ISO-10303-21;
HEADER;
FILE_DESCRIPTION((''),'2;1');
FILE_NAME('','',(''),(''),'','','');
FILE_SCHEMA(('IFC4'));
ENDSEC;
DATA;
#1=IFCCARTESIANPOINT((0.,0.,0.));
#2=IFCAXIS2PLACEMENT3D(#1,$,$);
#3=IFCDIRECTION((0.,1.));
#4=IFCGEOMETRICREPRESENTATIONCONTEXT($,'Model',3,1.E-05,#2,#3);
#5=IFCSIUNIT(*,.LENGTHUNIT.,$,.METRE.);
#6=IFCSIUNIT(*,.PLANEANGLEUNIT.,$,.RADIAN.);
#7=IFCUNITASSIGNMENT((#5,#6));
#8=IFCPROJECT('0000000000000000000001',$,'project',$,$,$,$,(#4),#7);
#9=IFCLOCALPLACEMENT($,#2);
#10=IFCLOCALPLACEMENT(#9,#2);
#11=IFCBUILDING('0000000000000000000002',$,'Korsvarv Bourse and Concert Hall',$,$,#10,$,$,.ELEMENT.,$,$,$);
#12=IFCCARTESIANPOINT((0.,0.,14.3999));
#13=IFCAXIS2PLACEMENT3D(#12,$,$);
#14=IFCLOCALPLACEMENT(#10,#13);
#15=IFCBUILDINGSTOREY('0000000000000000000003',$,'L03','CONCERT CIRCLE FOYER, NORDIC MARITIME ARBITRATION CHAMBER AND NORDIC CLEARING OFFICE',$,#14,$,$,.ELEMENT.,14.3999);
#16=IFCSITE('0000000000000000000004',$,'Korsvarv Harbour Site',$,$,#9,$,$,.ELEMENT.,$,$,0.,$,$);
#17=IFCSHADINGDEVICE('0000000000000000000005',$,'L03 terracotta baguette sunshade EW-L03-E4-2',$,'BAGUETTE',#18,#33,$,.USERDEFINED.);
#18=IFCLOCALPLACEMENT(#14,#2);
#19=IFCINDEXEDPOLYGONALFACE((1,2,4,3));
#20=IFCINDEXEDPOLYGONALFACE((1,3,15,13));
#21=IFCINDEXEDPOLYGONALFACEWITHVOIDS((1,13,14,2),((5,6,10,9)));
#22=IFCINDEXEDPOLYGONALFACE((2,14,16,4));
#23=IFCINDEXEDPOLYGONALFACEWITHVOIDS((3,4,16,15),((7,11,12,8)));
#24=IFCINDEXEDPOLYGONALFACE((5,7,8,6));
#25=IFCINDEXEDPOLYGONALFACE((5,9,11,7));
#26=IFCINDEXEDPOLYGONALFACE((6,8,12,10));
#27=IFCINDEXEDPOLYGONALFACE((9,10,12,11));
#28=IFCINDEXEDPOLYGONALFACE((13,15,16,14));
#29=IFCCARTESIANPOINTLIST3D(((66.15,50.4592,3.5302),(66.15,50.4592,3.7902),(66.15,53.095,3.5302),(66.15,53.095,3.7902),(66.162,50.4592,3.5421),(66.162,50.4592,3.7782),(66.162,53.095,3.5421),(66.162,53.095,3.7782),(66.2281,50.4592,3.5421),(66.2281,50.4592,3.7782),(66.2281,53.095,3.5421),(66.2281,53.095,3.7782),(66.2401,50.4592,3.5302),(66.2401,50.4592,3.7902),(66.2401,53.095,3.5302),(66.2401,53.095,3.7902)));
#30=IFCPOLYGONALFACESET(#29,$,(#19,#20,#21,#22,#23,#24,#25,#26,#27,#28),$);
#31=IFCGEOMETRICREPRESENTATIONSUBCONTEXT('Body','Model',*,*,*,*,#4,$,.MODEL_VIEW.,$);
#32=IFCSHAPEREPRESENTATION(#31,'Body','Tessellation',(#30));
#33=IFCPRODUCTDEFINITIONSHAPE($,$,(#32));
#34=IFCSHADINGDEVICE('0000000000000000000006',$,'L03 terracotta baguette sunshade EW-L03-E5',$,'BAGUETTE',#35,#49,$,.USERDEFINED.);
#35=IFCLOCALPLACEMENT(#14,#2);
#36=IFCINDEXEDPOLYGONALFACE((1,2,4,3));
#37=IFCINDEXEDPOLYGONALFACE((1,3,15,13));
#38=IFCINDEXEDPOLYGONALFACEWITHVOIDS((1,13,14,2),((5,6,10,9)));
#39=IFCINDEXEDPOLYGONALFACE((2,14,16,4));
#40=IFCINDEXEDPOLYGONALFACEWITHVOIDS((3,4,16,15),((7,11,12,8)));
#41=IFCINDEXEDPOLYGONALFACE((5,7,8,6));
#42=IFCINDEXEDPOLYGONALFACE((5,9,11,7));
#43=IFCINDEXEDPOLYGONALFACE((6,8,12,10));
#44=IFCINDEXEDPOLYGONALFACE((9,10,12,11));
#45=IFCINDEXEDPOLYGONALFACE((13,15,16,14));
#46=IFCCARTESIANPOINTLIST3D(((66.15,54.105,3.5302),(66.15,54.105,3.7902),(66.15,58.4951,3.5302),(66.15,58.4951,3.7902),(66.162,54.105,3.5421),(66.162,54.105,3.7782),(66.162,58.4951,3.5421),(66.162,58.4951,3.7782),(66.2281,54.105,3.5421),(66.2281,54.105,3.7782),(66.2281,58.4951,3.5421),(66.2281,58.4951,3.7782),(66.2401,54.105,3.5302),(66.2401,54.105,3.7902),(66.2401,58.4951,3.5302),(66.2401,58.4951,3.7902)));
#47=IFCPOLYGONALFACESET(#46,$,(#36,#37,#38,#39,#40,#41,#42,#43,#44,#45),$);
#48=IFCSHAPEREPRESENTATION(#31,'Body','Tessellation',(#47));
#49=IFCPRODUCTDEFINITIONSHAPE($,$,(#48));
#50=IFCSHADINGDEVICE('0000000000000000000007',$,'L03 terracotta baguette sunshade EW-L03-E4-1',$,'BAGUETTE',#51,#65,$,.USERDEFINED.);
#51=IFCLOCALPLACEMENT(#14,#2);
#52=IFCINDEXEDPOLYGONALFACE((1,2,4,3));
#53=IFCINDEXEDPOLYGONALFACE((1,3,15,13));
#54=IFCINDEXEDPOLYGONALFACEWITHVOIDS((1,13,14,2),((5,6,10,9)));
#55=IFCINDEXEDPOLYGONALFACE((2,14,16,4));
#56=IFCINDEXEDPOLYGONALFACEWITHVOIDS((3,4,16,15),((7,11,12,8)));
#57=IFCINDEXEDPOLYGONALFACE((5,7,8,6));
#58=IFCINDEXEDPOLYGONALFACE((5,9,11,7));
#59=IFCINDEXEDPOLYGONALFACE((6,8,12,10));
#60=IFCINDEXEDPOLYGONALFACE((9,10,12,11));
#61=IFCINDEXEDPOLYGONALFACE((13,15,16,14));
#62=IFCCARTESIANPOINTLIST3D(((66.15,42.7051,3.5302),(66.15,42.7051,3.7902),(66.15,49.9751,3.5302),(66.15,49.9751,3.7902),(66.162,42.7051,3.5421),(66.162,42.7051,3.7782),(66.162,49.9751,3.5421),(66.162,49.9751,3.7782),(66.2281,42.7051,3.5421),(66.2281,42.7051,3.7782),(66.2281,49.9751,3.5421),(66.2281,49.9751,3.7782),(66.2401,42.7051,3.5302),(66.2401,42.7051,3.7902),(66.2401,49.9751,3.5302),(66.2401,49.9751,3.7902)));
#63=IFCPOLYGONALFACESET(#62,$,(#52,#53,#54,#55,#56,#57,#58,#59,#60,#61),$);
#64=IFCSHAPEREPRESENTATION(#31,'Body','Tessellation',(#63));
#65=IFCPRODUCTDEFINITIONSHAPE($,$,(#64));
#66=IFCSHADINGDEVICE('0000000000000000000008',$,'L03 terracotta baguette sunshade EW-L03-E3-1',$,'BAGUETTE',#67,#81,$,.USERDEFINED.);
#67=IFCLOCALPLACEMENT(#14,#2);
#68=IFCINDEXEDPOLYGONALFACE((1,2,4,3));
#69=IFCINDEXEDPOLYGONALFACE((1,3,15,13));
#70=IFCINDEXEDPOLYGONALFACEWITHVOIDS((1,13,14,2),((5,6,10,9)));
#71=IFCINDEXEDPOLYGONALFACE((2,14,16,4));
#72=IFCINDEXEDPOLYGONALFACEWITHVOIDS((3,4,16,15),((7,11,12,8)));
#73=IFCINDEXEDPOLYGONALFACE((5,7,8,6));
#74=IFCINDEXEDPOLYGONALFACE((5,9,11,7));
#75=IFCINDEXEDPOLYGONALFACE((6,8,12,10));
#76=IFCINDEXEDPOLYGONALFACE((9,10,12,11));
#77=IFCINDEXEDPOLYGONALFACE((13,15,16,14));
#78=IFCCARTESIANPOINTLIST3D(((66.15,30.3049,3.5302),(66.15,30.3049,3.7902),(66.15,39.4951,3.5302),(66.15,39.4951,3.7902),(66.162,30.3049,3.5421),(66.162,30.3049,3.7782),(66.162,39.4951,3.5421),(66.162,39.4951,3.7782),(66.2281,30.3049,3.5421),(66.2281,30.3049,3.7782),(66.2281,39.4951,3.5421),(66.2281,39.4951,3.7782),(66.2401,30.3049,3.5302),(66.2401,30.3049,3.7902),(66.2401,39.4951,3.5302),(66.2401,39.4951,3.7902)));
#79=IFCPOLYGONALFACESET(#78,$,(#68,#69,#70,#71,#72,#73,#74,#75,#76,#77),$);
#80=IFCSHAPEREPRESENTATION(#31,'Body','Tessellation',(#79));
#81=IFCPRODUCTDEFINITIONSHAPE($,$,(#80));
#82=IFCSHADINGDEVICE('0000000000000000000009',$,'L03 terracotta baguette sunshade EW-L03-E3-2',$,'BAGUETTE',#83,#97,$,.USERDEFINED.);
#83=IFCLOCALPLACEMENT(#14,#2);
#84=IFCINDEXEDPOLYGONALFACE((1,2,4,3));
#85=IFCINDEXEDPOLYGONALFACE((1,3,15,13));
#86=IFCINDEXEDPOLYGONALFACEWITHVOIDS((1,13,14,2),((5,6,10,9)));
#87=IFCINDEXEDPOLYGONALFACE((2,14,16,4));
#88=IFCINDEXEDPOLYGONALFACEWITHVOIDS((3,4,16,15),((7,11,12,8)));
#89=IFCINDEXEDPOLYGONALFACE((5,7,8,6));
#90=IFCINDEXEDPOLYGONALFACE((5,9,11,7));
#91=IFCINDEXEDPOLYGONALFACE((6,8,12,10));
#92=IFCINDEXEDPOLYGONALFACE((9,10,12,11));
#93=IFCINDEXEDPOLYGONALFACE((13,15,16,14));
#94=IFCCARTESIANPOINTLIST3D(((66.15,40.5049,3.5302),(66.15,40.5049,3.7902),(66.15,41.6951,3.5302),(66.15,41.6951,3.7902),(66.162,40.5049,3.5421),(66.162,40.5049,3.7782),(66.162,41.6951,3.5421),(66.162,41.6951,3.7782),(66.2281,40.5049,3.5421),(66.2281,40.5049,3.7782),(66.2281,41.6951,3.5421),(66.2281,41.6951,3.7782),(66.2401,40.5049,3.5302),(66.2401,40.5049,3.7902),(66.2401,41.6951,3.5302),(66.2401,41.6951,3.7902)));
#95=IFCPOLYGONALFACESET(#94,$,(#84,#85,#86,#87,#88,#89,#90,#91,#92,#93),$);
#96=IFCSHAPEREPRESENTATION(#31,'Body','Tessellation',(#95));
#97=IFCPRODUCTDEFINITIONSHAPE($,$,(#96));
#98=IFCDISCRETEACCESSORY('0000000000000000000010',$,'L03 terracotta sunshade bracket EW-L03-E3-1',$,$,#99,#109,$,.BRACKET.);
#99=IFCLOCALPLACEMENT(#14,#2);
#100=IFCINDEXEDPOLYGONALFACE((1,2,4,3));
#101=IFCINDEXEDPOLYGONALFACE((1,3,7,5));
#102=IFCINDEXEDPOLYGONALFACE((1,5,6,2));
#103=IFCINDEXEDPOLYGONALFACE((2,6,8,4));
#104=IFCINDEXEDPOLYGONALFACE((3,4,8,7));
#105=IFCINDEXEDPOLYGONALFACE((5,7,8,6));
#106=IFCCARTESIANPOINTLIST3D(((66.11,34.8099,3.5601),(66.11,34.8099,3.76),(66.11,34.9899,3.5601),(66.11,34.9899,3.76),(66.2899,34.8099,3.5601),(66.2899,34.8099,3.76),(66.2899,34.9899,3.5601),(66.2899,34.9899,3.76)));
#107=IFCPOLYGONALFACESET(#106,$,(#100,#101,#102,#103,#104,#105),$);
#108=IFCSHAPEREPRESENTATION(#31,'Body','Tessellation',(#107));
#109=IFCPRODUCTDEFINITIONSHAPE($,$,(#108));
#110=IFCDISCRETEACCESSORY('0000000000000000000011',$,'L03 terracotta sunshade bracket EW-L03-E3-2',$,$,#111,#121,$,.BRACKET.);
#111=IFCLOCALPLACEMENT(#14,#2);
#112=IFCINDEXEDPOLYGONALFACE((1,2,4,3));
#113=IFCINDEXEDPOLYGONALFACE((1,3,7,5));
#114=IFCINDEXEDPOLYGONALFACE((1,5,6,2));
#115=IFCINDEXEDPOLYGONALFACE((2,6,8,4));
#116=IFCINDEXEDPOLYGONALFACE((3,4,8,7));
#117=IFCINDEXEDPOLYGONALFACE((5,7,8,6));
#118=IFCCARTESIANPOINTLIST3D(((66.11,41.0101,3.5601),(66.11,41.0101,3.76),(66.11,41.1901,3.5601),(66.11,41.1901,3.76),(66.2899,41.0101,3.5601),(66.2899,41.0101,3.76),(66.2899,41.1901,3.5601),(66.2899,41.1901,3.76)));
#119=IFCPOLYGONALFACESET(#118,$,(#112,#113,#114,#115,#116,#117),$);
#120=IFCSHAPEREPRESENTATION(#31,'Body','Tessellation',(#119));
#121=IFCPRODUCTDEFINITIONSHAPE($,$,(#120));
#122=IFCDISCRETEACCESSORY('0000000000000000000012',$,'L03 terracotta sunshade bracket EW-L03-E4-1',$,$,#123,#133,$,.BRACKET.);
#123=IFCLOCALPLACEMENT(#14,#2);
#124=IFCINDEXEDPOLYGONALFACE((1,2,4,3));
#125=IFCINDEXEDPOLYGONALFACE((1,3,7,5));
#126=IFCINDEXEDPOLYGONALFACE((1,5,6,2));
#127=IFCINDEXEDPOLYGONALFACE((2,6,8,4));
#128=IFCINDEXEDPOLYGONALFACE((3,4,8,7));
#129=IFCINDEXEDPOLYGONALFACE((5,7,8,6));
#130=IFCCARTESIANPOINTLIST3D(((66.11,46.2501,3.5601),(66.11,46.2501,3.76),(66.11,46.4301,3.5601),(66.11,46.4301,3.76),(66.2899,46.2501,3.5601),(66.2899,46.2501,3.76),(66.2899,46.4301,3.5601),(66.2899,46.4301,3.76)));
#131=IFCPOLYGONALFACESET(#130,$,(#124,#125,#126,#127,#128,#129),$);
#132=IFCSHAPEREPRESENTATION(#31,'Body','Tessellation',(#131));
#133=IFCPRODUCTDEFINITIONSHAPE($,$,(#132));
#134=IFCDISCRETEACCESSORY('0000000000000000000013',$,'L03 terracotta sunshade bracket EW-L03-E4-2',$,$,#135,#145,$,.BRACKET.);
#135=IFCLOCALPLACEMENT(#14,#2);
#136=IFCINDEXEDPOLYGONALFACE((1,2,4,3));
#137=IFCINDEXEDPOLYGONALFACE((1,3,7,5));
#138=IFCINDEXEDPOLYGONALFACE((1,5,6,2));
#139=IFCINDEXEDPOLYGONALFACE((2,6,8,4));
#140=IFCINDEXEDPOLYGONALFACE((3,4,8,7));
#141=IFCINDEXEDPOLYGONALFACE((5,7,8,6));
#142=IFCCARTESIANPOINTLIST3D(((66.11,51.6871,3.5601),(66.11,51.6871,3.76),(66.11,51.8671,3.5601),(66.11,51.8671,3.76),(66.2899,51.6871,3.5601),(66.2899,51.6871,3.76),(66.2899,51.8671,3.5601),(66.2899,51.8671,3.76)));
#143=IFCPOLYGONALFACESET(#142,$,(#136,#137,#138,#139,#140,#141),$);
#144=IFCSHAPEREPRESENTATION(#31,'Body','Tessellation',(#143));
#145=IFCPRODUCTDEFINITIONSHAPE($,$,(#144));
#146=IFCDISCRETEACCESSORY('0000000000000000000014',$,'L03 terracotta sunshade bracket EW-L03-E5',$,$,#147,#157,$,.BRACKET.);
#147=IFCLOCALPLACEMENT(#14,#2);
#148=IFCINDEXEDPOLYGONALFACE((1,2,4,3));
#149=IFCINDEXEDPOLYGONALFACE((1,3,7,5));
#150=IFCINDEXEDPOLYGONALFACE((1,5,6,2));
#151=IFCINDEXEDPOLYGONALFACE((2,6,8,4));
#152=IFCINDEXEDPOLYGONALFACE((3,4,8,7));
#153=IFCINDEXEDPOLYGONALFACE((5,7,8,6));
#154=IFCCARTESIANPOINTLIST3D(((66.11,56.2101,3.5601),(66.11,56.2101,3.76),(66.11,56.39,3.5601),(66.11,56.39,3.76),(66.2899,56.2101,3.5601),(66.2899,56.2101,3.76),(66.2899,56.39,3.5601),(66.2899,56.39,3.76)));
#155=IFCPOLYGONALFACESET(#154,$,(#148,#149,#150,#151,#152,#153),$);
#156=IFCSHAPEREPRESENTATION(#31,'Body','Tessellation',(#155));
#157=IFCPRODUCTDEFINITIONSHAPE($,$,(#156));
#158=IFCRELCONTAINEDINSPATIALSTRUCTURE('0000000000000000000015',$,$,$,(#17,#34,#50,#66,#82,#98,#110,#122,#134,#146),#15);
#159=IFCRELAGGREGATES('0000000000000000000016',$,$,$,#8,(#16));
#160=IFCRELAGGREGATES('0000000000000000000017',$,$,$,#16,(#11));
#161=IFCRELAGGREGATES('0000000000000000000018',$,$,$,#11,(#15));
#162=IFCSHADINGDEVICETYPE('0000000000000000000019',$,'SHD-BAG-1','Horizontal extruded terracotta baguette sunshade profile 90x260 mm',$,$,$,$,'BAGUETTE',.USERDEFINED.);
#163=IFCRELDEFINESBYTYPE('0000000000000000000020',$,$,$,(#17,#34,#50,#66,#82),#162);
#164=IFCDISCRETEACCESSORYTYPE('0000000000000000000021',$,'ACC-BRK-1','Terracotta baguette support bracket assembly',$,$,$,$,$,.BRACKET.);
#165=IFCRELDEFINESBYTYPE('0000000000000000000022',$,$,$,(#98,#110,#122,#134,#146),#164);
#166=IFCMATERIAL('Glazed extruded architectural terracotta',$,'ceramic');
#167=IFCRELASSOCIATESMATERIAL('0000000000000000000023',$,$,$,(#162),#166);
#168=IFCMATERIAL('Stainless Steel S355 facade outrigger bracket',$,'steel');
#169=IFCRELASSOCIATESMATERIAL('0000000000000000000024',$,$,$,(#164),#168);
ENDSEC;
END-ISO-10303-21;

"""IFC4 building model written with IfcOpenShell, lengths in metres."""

from ifc_helpers import new_model, si_unit, direction, frame, origin, origin_2d, place, context, subcontext, project, spatial, rectangle, hollow_rectangle, extrude, source, transform, mapped, material, material_profile, profile_set, type_object, element, save


model = new_model("IFC4")

# Units and contexts
model_context = context("Model", 3, precision=1e-05, world=origin(), true_north=direction((0.0, 1.0)))
body_context = subcontext(model_context, "Body", "Model", "MODEL_VIEW")
ifc_project = project(units=[si_unit("LENGTHUNIT", "METRE"), si_unit("PLANEANGLEUNIT", "RADIAN")], contexts=[model_context])

# Site, building, storey
site_placement = place(None, origin())
site = spatial("IfcSite", under=ifc_project, at=site_placement, Name="Korsvarv Harbour Site", CompositionType="ELEMENT", RefElevation=0.0)
building_placement = place(site_placement, origin())
building = spatial("IfcBuilding", under=site, at=building_placement, Name="Korsvarv Bourse and Concert Hall", CompositionType="ELEMENT")
storey_placement = place(building_placement, frame((0.0, 0.0, 14.3999)))
storey = spatial("IfcBuildingStorey", under=building, at=storey_placement, Name="L03", Description="CONCERT CIRCLE FOYER, NORDIC MARITIME ARBITRATION CHAMBER AND NORDIC CLEARING OFFICE", CompositionType="ELEMENT", Elevation=14.3999)

# Shading devices
ifc_material_1 = material(Name="Glazed extruded architectural terracotta", Category="ceramic")
ifc_material_profile_1 = material_profile(ifc_material_1, hollow_rectangle(XDim=0.0901, YDim=0.26, WallThickness=0.012, at=origin_2d()), Name="TC-BAG 90x260")
ifc_profile_set_1 = profile_set([ifc_material_profile_1], Name="Glazed extruded architectural terracotta")
shading_device_type = type_object("IfcShadingDeviceType", Name="SHD-BAG-1", Description="Horizontal extruded terracotta baguette sunshade profile 90x260 mm", ElementType="BAGUETTE", PredefinedType="USERDEFINED", material=ifc_profile_set_1)
shared_shape_1 = source(origin(), body_context, "Body", "SweptSolid", [
    extrude(hollow_rectangle(XDim=0.0901, YDim=0.26, WallThickness=0.012, at=origin_2d()), origin(), (0.0, 0.0, 1.0), 2.6357),
])
shading_device_1_placement = place(storey_placement, frame((66.1951, 50.4592, 3.6602), z_axis=(0.0, 1.0, 0.0), x_axis=(-1.0, 0.0, 0.0)))
element("IfcShadingDevice", 1, at=shading_device_1_placement, inside=storey, type_object=shading_device_type, Name="L03 terracotta baguette sunshade EW-L03-E4-2", ObjectType="BAGUETTE", PredefinedType="USERDEFINED", context=body_context, shape_type="MappedRepresentation", body=[
    mapped(shared_shape_1, transform((0.0, 0.0, 0.0), scale=1.0)),
])
shared_shape_2 = source(origin(), body_context, "Body", "SweptSolid", [
    extrude(hollow_rectangle(XDim=0.0901, YDim=0.26, WallThickness=0.012, at=origin_2d()), origin(), (0.0, 0.0, 1.0), 4.3901),
])
shading_device_2_placement = place(storey_placement, frame((66.1951, 54.105, 3.6602), z_axis=(0.0, 1.0, 0.0), x_axis=(-1.0, 0.0, 0.0)))
element("IfcShadingDevice", 2, at=shading_device_2_placement, inside=storey, type_object=shading_device_type, Name="L03 terracotta baguette sunshade EW-L03-E5", ObjectType="BAGUETTE", PredefinedType="USERDEFINED", context=body_context, shape_type="MappedRepresentation", body=[
    mapped(shared_shape_2, transform((0.0, 0.0, 0.0), scale=1.0)),
])
shared_shape_3 = source(origin(), body_context, "Body", "SweptSolid", [
    extrude(hollow_rectangle(XDim=0.0901, YDim=0.26, WallThickness=0.012, at=origin_2d()), origin(), (0.0, 0.0, 1.0), 7.27),
])
shading_device_3_placement = place(storey_placement, frame((66.1951, 42.7051, 3.6602), z_axis=(0.0, 1.0, 0.0), x_axis=(-1.0, 0.0, 0.0)))
element("IfcShadingDevice", 3, at=shading_device_3_placement, inside=storey, type_object=shading_device_type, Name="L03 terracotta baguette sunshade EW-L03-E4-1", ObjectType="BAGUETTE", PredefinedType="USERDEFINED", context=body_context, shape_type="MappedRepresentation", body=[
    mapped(shared_shape_3, transform((0.0, 0.0, 0.0), scale=1.0)),
])
shared_shape_4 = source(origin(), body_context, "Body", "SweptSolid", [
    extrude(hollow_rectangle(XDim=0.0901, YDim=0.26, WallThickness=0.012, at=origin_2d()), origin(), (0.0, 0.0, 1.0), 9.1902),
])
shading_device_4_placement = place(storey_placement, frame((66.1951, 30.3049, 3.6602), z_axis=(0.0, 1.0, 0.0), x_axis=(-1.0, 0.0, 0.0)))
element("IfcShadingDevice", 4, at=shading_device_4_placement, inside=storey, type_object=shading_device_type, Name="L03 terracotta baguette sunshade EW-L03-E3-1", ObjectType="BAGUETTE", PredefinedType="USERDEFINED", context=body_context, shape_type="MappedRepresentation", body=[
    mapped(shared_shape_4, transform((0.0, 0.0, 0.0), scale=1.0)),
])
shared_shape_5 = source(origin(), body_context, "Body", "SweptSolid", [
    extrude(hollow_rectangle(XDim=0.0901, YDim=0.26, WallThickness=0.012, at=origin_2d()), origin(), (0.0, 0.0, 1.0), 1.1902),
])
shading_device_5_placement = place(storey_placement, frame((66.1951, 40.5049, 3.6602), z_axis=(0.0, 1.0, 0.0), x_axis=(-1.0, 0.0, 0.0)))
element("IfcShadingDevice", 5, at=shading_device_5_placement, inside=storey, type_object=shading_device_type, Name="L03 terracotta baguette sunshade EW-L03-E3-2", ObjectType="BAGUETTE", PredefinedType="USERDEFINED", context=body_context, shape_type="MappedRepresentation", body=[
    mapped(shared_shape_5, transform((0.0, 0.0, 0.0), scale=1.0)),
])

# Discrete accessories
ifc_material_2 = material(Name="Stainless Steel S355 facade outrigger bracket", Category="steel")
discrete_accessory_type = type_object("IfcDiscreteAccessoryType", Name="ACC-BRK-1", Description="Terracotta baguette support bracket assembly", PredefinedType="BRACKET", material=ifc_material_2)
shared_shape_6 = source(origin(), body_context, "Body", "SweptSolid", [
    extrude(rectangle(XDim=0.1799, YDim=0.1799, at=origin_2d()), origin(), (0.0, 0.0, 1.0), 0.2),
])
for number, where, z_axis, x_axis, name in (
    (6, (66.2, 34.8999, 3.5601), (0.0, 0.0, 1.0), (0.0, 1.0, 0.0), "L03 terracotta sunshade bracket EW-L03-E3-1"),
    (7, (66.2, 41.1001, 3.5601), (0.0, 0.0, 1.0), (0.0, 1.0, 0.0), "L03 terracotta sunshade bracket EW-L03-E3-2"),
    (8, (66.2, 46.3401, 3.5601), (0.0, 0.0, 1.0), (0.0, 1.0, 0.0), "L03 terracotta sunshade bracket EW-L03-E4-1"),
    (9, (66.2, 51.7771, 3.5601), (0.0, 0.0, 1.0), (0.0, 1.0, 0.0), "L03 terracotta sunshade bracket EW-L03-E4-2"),
    (10, (66.2, 56.3, 3.5601), (0.0, 0.0, 1.0), (0.0, 1.0, 0.0), "L03 terracotta sunshade bracket EW-L03-E5"),
):
    element("IfcDiscreteAccessory", number, at=place(storey_placement, frame(where, z_axis=z_axis, x_axis=x_axis)), inside=storey, type_object=discrete_accessory_type, Name=name, PredefinedType="BRACKET", context=body_context, shape_type="MappedRepresentation", body=[
        mapped(shared_shape_6, transform((0.0, 0.0, 0.0), scale=1.0)),
    ])

save(model, "model.ifc")
